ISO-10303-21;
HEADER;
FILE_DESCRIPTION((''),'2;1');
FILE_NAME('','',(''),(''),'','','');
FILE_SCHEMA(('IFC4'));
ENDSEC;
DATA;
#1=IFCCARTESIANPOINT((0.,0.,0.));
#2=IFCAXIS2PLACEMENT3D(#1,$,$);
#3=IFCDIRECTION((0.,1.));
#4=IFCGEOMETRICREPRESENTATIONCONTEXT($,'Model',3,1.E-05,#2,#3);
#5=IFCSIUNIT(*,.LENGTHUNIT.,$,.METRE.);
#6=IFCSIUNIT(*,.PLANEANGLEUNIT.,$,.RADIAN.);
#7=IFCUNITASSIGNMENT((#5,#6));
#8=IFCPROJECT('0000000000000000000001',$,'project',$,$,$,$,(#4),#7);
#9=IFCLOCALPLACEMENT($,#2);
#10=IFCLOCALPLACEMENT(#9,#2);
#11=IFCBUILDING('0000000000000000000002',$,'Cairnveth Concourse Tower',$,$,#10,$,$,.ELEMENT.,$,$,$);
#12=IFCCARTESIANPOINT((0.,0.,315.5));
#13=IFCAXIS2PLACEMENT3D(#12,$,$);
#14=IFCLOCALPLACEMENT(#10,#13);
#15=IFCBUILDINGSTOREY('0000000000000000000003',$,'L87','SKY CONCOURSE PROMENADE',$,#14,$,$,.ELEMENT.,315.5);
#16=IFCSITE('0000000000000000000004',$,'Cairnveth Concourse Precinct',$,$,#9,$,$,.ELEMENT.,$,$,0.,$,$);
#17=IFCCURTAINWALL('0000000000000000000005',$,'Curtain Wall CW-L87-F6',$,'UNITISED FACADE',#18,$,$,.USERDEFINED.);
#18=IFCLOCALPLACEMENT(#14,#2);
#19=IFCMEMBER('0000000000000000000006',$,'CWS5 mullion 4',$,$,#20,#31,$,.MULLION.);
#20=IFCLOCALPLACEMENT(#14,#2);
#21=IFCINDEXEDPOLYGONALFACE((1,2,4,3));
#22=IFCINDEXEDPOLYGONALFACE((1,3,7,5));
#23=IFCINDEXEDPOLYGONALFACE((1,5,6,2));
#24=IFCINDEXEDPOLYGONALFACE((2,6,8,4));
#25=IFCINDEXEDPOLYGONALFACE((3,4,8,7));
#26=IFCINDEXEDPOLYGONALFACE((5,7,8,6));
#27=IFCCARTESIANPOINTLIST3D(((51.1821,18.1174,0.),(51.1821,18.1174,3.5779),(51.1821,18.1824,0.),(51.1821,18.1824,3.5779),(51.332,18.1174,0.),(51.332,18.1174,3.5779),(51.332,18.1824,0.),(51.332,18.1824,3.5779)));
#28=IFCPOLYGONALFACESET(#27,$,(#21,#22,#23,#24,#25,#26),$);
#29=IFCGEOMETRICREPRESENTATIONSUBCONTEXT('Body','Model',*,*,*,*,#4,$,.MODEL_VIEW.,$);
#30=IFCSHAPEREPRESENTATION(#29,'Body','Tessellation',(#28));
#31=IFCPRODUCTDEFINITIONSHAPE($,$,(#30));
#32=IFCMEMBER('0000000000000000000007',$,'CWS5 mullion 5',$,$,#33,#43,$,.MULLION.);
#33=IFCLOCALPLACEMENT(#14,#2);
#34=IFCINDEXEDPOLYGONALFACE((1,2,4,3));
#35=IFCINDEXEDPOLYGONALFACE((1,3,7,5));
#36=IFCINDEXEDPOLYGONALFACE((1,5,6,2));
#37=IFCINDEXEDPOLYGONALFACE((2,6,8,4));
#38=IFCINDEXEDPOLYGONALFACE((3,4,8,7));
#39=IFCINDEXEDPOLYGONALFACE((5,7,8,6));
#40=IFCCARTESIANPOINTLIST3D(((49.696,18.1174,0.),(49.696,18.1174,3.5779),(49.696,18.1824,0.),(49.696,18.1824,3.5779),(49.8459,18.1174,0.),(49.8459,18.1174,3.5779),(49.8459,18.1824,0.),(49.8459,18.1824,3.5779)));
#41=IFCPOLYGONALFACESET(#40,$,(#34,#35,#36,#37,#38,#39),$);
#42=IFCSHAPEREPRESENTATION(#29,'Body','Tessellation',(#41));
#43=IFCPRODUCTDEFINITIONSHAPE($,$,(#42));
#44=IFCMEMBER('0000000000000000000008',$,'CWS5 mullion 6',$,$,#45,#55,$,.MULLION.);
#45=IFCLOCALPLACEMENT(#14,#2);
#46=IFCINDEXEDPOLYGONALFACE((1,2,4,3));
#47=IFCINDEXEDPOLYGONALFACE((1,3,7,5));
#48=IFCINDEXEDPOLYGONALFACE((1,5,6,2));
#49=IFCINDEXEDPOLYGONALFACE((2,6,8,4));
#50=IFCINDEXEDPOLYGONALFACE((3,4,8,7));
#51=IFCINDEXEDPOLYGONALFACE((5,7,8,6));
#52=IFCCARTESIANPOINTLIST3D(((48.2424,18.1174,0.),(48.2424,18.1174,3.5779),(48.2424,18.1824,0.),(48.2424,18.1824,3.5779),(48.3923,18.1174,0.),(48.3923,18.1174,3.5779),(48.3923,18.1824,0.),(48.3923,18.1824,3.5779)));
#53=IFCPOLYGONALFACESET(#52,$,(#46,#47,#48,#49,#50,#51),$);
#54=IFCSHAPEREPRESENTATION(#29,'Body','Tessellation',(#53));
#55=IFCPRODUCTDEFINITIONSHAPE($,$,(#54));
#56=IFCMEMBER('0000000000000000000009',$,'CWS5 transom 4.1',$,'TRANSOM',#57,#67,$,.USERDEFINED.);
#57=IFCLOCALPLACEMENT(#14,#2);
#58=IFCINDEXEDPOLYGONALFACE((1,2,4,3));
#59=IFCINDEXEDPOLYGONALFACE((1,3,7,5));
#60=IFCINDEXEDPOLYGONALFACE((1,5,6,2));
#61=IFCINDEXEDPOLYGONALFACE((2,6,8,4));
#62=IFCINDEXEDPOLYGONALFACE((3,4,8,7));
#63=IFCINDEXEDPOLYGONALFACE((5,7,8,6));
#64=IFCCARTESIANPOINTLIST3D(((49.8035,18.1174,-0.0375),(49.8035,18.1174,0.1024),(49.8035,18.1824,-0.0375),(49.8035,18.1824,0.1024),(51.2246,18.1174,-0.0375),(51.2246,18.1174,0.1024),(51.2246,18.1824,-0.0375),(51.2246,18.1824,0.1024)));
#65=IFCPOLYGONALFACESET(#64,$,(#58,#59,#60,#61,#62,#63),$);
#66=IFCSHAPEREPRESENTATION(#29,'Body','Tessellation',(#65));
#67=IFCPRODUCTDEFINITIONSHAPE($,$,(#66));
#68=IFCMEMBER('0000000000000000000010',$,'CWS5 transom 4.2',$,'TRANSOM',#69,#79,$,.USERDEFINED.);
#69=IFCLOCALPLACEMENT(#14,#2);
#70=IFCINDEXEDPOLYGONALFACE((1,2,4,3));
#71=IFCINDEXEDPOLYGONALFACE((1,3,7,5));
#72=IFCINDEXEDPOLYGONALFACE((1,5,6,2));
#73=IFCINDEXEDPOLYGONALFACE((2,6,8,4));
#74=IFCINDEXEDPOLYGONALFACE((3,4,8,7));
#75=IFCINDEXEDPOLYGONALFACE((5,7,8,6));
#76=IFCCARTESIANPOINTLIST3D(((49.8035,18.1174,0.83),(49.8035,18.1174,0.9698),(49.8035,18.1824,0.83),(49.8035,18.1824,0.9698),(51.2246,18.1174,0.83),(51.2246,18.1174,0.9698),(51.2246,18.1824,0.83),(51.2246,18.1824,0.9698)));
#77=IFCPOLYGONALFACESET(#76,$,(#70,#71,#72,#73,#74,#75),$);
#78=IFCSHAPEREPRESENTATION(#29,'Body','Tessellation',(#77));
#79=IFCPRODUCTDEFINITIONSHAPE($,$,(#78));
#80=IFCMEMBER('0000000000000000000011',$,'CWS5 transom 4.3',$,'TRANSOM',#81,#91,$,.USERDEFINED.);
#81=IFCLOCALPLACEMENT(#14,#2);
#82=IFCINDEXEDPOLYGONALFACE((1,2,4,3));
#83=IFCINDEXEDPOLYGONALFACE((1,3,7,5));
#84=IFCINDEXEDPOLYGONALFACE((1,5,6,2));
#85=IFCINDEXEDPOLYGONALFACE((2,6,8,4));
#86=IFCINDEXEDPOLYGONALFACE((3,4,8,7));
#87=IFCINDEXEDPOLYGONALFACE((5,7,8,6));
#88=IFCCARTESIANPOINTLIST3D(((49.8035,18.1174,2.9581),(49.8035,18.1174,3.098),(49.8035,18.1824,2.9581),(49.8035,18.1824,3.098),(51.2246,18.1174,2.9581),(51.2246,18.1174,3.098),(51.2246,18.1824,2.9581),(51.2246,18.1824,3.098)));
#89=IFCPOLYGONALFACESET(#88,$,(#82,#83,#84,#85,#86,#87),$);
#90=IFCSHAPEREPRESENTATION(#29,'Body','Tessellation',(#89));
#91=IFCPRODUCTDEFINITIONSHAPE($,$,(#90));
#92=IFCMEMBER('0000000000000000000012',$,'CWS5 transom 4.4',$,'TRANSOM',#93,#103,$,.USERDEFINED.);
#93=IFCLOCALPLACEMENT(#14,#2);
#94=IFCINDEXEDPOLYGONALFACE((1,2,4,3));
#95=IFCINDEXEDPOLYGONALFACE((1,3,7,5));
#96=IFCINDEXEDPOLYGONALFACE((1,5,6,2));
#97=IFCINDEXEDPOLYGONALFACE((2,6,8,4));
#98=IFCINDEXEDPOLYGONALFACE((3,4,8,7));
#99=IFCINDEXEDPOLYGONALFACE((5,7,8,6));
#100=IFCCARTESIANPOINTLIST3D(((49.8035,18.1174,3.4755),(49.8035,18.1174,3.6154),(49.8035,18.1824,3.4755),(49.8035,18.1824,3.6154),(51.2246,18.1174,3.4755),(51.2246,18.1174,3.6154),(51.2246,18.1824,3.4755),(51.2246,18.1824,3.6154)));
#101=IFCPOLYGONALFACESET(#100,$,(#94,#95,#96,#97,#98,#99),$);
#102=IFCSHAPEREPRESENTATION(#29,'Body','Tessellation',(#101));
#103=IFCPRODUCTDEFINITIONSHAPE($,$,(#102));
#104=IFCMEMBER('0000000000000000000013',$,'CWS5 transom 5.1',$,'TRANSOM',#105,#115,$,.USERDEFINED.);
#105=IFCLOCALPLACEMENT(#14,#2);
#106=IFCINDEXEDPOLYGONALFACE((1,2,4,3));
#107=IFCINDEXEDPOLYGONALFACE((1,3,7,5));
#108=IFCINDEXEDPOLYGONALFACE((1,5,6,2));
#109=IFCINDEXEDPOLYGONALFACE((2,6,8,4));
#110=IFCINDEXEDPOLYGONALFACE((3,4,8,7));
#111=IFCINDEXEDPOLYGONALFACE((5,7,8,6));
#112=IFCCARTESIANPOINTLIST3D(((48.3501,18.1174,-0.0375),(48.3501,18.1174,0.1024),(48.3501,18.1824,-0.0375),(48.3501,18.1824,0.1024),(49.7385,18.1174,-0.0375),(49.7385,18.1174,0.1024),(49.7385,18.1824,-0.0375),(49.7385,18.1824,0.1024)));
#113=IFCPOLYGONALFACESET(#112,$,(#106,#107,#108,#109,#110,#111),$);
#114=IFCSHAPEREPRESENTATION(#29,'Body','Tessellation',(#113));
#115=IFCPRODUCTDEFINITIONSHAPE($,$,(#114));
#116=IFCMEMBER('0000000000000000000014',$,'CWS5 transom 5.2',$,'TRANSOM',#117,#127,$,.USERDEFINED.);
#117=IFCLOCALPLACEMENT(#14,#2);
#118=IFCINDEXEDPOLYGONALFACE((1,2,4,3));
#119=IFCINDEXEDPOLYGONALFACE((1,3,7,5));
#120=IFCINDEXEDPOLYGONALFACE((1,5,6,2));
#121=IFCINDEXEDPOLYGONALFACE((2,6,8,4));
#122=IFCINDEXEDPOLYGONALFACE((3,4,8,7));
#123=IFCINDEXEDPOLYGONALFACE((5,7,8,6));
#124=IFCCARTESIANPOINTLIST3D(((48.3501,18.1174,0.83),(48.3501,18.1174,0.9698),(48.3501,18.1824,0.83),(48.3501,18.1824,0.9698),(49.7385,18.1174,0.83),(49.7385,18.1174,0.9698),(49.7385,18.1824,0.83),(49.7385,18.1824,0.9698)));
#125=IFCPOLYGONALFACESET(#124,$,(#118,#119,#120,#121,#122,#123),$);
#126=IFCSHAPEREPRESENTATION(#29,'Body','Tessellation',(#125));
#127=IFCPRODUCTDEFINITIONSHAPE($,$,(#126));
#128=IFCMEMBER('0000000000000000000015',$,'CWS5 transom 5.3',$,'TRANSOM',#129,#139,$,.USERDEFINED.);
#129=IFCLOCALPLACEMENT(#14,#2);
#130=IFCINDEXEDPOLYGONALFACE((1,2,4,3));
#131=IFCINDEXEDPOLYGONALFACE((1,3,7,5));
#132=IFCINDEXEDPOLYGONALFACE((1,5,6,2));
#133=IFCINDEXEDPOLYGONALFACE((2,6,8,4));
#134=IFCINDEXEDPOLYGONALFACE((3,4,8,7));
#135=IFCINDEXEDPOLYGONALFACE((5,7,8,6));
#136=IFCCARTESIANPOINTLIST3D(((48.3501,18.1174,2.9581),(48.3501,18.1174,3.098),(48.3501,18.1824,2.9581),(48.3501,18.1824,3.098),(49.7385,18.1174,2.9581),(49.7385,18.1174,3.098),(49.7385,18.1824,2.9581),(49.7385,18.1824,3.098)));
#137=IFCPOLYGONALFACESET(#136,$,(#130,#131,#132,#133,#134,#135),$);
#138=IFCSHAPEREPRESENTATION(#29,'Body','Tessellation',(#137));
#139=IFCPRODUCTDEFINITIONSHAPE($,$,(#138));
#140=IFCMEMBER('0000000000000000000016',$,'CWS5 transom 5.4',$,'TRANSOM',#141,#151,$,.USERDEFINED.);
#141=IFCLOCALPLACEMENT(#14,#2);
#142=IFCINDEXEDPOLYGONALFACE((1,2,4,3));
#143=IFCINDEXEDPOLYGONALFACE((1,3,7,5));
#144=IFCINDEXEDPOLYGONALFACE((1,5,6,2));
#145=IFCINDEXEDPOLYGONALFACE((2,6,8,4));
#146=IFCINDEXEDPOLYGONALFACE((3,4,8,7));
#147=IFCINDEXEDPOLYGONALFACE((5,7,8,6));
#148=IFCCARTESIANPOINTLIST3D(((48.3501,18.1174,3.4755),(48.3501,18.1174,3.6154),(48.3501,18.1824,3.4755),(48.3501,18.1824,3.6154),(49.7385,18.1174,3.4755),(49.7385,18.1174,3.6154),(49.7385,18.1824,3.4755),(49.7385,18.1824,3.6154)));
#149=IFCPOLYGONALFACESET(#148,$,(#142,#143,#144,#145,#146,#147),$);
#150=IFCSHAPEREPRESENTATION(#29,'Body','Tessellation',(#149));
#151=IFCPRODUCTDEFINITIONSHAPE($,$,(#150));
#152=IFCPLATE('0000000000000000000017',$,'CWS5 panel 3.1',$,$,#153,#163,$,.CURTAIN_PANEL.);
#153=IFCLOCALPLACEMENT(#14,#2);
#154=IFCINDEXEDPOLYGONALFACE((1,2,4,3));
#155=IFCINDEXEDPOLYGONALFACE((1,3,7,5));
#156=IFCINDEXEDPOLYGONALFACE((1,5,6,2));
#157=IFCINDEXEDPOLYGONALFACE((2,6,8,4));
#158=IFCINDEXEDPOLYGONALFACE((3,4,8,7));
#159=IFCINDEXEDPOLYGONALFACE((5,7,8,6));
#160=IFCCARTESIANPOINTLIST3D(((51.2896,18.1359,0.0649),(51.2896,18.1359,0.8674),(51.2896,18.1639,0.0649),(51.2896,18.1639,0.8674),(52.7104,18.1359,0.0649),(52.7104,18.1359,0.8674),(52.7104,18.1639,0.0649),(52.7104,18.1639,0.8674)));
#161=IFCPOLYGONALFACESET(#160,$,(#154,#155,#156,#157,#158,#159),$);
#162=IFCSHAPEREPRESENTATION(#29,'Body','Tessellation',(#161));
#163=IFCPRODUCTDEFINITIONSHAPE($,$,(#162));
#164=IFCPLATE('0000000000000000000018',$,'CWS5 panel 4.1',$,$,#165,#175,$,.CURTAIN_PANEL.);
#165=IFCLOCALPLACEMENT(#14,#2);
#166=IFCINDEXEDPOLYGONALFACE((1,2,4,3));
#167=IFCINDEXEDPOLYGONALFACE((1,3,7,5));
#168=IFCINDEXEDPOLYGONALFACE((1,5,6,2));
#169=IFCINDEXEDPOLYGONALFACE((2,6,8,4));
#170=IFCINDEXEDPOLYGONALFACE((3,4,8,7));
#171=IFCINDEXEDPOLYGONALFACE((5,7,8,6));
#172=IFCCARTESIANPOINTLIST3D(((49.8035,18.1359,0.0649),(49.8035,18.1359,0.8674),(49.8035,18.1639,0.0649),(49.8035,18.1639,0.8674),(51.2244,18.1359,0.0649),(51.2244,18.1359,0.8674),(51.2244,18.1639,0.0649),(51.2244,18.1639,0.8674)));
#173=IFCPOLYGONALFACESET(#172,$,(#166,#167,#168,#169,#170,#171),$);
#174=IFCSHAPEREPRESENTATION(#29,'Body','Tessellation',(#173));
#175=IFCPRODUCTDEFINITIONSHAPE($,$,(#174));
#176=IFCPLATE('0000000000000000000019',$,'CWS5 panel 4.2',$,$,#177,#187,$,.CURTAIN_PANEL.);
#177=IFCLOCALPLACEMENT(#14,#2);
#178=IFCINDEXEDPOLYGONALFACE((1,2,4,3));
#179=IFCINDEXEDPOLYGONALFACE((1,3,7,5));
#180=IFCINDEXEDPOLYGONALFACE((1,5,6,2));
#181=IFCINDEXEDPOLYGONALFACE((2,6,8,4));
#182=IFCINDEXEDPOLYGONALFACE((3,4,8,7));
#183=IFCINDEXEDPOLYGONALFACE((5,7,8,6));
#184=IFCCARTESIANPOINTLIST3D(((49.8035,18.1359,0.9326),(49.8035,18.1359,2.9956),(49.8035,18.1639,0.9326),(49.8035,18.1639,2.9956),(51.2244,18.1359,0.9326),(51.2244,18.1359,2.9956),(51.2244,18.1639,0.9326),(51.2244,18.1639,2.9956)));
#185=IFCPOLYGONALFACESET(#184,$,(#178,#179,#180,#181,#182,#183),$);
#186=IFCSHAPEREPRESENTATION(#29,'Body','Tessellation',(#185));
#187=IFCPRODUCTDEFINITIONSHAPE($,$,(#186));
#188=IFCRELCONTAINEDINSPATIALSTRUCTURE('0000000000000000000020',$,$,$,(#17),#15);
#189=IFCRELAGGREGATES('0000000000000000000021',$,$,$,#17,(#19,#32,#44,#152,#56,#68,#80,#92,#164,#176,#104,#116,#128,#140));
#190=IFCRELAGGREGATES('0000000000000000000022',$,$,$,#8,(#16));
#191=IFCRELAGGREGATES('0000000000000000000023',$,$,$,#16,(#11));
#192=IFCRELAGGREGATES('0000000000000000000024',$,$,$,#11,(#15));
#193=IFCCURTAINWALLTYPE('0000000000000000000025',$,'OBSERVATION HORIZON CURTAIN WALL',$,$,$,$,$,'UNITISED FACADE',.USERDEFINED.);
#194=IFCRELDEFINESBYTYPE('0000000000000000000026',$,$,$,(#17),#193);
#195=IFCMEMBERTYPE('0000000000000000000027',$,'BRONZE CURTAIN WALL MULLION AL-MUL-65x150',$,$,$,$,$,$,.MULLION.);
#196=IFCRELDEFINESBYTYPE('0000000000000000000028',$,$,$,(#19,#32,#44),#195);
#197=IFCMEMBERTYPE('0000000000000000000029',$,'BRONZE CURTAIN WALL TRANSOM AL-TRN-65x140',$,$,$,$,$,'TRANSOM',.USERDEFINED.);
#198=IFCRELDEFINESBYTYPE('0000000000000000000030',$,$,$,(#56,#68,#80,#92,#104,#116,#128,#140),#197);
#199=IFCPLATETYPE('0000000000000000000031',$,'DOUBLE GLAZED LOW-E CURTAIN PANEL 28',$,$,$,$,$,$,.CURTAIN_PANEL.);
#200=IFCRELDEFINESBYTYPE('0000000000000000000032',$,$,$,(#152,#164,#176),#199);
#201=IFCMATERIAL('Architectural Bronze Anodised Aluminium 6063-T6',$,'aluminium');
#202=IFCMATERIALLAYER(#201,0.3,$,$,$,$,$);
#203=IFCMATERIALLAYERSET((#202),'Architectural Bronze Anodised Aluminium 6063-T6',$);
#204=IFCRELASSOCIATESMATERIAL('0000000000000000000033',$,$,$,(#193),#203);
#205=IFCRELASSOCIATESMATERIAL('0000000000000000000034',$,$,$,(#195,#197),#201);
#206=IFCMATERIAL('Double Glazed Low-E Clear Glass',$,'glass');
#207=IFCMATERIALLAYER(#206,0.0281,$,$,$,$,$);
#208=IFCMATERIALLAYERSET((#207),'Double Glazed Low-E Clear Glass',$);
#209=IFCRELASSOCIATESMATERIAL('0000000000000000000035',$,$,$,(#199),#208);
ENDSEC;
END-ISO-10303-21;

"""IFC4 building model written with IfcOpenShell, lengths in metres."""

from ifc_helpers import new_model, si_unit, direction, frame, origin, origin_2d, place, context, subcontext, project, spatial, rectangle, extrude, material, layer, layer_set, material_profile, profile_set, type_object, element, aggregate, save


model = new_model("IFC4")

# Units and contexts
model_context = context("Model", 3, precision=1e-05, world=origin(), true_north=direction((0.0, 1.0)))
body_context = subcontext(model_context, "Body", "Model", "MODEL_VIEW")
ifc_project = project(units=[si_unit("LENGTHUNIT", "METRE"), si_unit("PLANEANGLEUNIT", "RADIAN")], contexts=[model_context])

# Site, building, storey
site_placement = place(None, origin())
site = spatial("IfcSite", under=ifc_project, at=site_placement, Name="Cairnveth Concourse Precinct", CompositionType="ELEMENT", RefElevation=0.0)
building_placement = place(site_placement, origin())
building = spatial("IfcBuilding", under=site, at=building_placement, Name="Cairnveth Concourse Tower", CompositionType="ELEMENT")
storey_placement = place(building_placement, frame((0.0, 0.0, 315.5)))
storey = spatial("IfcBuildingStorey", under=building, at=storey_placement, Name="L87", Description="SKY CONCOURSE PROMENADE", CompositionType="ELEMENT", Elevation=315.5)

# Curtain wall, members, plates
ifc_material_1 = material(Name="Architectural Bronze Anodised Aluminium 6063-T6", Category="aluminium")
ifc_layer_1 = layer(ifc_material_1, 0.3)
ifc_layer_set_1 = layer_set([ifc_layer_1], Name="Architectural Bronze Anodised Aluminium 6063-T6")
curtain_wall_type = type_object("IfcCurtainWallType", Name="OBSERVATION HORIZON CURTAIN WALL", ElementType="UNITISED FACADE", PredefinedType="USERDEFINED", material=ifc_layer_set_1)
curtain_wall_placement = place(storey_placement, origin())
curtain_wall = element("IfcCurtainWall", 1, at=curtain_wall_placement, inside=storey, type_object=curtain_wall_type, Name="Curtain Wall CW-L87-F6", ObjectType="UNITISED FACADE", PredefinedType="USERDEFINED")
ifc_material_profile_1 = material_profile(ifc_material_1, rectangle(XDim=0.0649, YDim=0.1499, at=origin_2d()), Name="AL-MUL-65x150")
ifc_profile_set_1 = profile_set([ifc_material_profile_1], Name="Architectural Bronze Anodised Aluminium 6063-T6")
member_type_1 = type_object("IfcMemberType", Name="BRONZE CURTAIN WALL MULLION AL-MUL-65x150", PredefinedType="MULLION", material=ifc_profile_set_1)
member_1_placement = place(storey_placement, frame((51.2571, 18.1499, 0.0), z_axis=(0.0, 0.0, 1.0), x_axis=(0.0, -1.0, 0.0)))
member_1 = element("IfcMember", 2, at=member_1_placement, type_object=member_type_1, Name="CWS5 mullion 4", PredefinedType="MULLION", context=body_context, shape_type="SweptSolid", body=[
    extrude(rectangle(XDim=0.0649, YDim=0.1499, at=origin_2d()), origin(), (0.0, 0.0, 1.0), 3.5779),
])
member_2_placement = place(storey_placement, frame((49.771, 18.1499, 0.0), z_axis=(0.0, 0.0, 1.0), x_axis=(0.0, -1.0, 0.0)))
member_2 = element("IfcMember", 3, at=member_2_placement, type_object=member_type_1, Name="CWS5 mullion 5", PredefinedType="MULLION", context=body_context, shape_type="SweptSolid", body=[
    extrude(rectangle(XDim=0.0649, YDim=0.1499, at=origin_2d()), origin(), (0.0, 0.0, 1.0), 3.5779),
])
member_3_placement = place(storey_placement, frame((48.3174, 18.1499, 0.0), z_axis=(0.0, 0.0, 1.0), x_axis=(0.0, -1.0, 0.0)))
member_3 = element("IfcMember", 4, at=member_3_placement, type_object=member_type_1, Name="CWS5 mullion 6", PredefinedType="MULLION", context=body_context, shape_type="SweptSolid", body=[
    extrude(rectangle(XDim=0.0649, YDim=0.1499, at=origin_2d()), origin(), (0.0, 0.0, 1.0), 3.5779),
])
ifc_material_profile_2 = material_profile(ifc_material_1, rectangle(XDim=0.0649, YDim=0.1399, at=origin_2d()), Name="AL-TRN-65x140")
ifc_profile_set_2 = profile_set([ifc_material_profile_2], Name="Architectural Bronze Anodised Aluminium 6063-T6")
member_type_2 = type_object("IfcMemberType", Name="BRONZE CURTAIN WALL TRANSOM AL-TRN-65x140", ElementType="TRANSOM", PredefinedType="USERDEFINED", material=ifc_profile_set_2)
member_4_placement = place(storey_placement, frame((51.2246, 18.1499, 0.0325), z_axis=(-1.0, 0.0, 0.0), x_axis=(0.0, -1.0, 0.0)))
member_4 = element("IfcMember", 5, at=member_4_placement, type_object=member_type_2, Name="CWS5 transom 4.1", ObjectType="TRANSOM", PredefinedType="USERDEFINED", context=body_context, shape_type="SweptSolid", body=[
    extrude(rectangle(XDim=0.0649, YDim=0.1399, at=origin_2d()), origin(), (0.0, 0.0, 1.0), 1.4211),
])
member_5_placement = place(storey_placement, frame((51.2246, 18.1499, 0.8999), z_axis=(-1.0, 0.0, 0.0), x_axis=(0.0, -1.0, 0.0)))
member_5 = element("IfcMember", 6, at=member_5_placement, type_object=member_type_2, Name="CWS5 transom 4.2", ObjectType="TRANSOM", PredefinedType="USERDEFINED", context=body_context, shape_type="SweptSolid", body=[
    extrude(rectangle(XDim=0.0649, YDim=0.1399, at=origin_2d()), origin(), (0.0, 0.0, 1.0), 1.4211),
])
member_6_placement = place(storey_placement, frame((51.2246, 18.1499, 3.0281), z_axis=(-1.0, 0.0, 0.0), x_axis=(0.0, -1.0, 0.0)))
member_6 = element("IfcMember", 7, at=member_6_placement, type_object=member_type_2, Name="CWS5 transom 4.3", ObjectType="TRANSOM", PredefinedType="USERDEFINED", context=body_context, shape_type="SweptSolid", body=[
    extrude(rectangle(XDim=0.0649, YDim=0.1399, at=origin_2d()), origin(), (0.0, 0.0, 1.0), 1.4211),
])
member_7_placement = place(storey_placement, frame((51.2246, 18.1499, 3.5454), z_axis=(-1.0, 0.0, 0.0), x_axis=(0.0, -1.0, 0.0)))
member_7 = element("IfcMember", 8, at=member_7_placement, type_object=member_type_2, Name="CWS5 transom 4.4", ObjectType="TRANSOM", PredefinedType="USERDEFINED", context=body_context, shape_type="SweptSolid", body=[
    extrude(rectangle(XDim=0.0649, YDim=0.1399, at=origin_2d()), origin(), (0.0, 0.0, 1.0), 1.4211),
])
member_8_placement = place(storey_placement, frame((49.7385, 18.1499, 0.0325), z_axis=(-1.0, 0.0, 0.0), x_axis=(0.0, -1.0, 0.0)))
member_8 = element("IfcMember", 9, at=member_8_placement, type_object=member_type_2, Name="CWS5 transom 5.1", ObjectType="TRANSOM", PredefinedType="USERDEFINED", context=body_context, shape_type="SweptSolid", body=[
    extrude(rectangle(XDim=0.0649, YDim=0.1399, at=origin_2d()), origin(), (0.0, 0.0, 1.0), 1.3884),
])
member_9_placement = place(storey_placement, frame((49.7385, 18.1499, 0.8999), z_axis=(-1.0, 0.0, 0.0), x_axis=(0.0, -1.0, 0.0)))
member_9 = element("IfcMember", 10, at=member_9_placement, type_object=member_type_2, Name="CWS5 transom 5.2", ObjectType="TRANSOM", PredefinedType="USERDEFINED", context=body_context, shape_type="SweptSolid", body=[
    extrude(rectangle(XDim=0.0649, YDim=0.1399, at=origin_2d()), origin(), (0.0, 0.0, 1.0), 1.3884),
])
member_10_placement = place(storey_placement, frame((49.7385, 18.1499, 3.0281), z_axis=(-1.0, 0.0, 0.0), x_axis=(0.0, -1.0, 0.0)))
member_10 = element("IfcMember", 11, at=member_10_placement, type_object=member_type_2, Name="CWS5 transom 5.3", ObjectType="TRANSOM", PredefinedType="USERDEFINED", context=body_context, shape_type="SweptSolid", body=[
    extrude(rectangle(XDim=0.0649, YDim=0.1399, at=origin_2d()), origin(), (0.0, 0.0, 1.0), 1.3884),
])
member_11_placement = place(storey_placement, frame((49.7385, 18.1499, 3.5454), z_axis=(-1.0, 0.0, 0.0), x_axis=(0.0, -1.0, 0.0)))
member_11 = element("IfcMember", 12, at=member_11_placement, type_object=member_type_2, Name="CWS5 transom 5.4", ObjectType="TRANSOM", PredefinedType="USERDEFINED", context=body_context, shape_type="SweptSolid", body=[
    extrude(rectangle(XDim=0.0649, YDim=0.1399, at=origin_2d()), origin(), (0.0, 0.0, 1.0), 1.3884),
])
ifc_material_2 = material(Name="Double Glazed Low-E Clear Glass", Category="glass")
ifc_layer_2 = layer(ifc_material_2, 0.0281)
ifc_layer_set_2 = layer_set([ifc_layer_2], Name="Double Glazed Low-E Clear Glass")
plate_type = type_object("IfcPlateType", Name="DOUBLE GLAZED LOW-E CURTAIN PANEL 28", PredefinedType="CURTAIN_PANEL", material=ifc_layer_set_2)
plate_1_placement = place(storey_placement, frame((52.0, 18.1499, 0.0649), z_axis=(0.0, 0.0, 1.0), x_axis=(-1.0, 0.0, 0.0)))
plate_1 = element("IfcPlate", 13, at=plate_1_placement, type_object=plate_type, Name="CWS5 panel 3.1", PredefinedType="CURTAIN_PANEL", context=body_context, shape_type="SweptSolid", body=[
    extrude(rectangle(XDim=1.4209, YDim=0.0281, at=origin_2d()), origin(), (0.0, 0.0, 1.0), 0.8025),
])
plate_2_placement = place(storey_placement, frame((50.5139, 18.1499, 0.0649), z_axis=(0.0, 0.0, 1.0), x_axis=(-1.0, 0.0, 0.0)))
plate_2 = element("IfcPlate", 14, at=plate_2_placement, type_object=plate_type, Name="CWS5 panel 4.1", PredefinedType="CURTAIN_PANEL", context=body_context, shape_type="SweptSolid", body=[
    extrude(rectangle(XDim=1.4209, YDim=0.0281, at=origin_2d()), origin(), (0.0, 0.0, 1.0), 0.8025),
])
plate_3_placement = place(storey_placement, frame((50.5139, 18.1499, 0.9326), z_axis=(0.0, 0.0, 1.0), x_axis=(-1.0, 0.0, 0.0)))
plate_3 = element("IfcPlate", 15, at=plate_3_placement, type_object=plate_type, Name="CWS5 panel 4.2", PredefinedType="CURTAIN_PANEL", context=body_context, shape_type="SweptSolid", body=[
    extrude(rectangle(XDim=1.4209, YDim=0.0281, at=origin_2d()), origin(), (0.0, 0.0, 1.0), 2.063),
])
aggregate(curtain_wall, [member_1, member_2, member_3, plate_1, member_4, member_5, member_6, member_7, plate_2, plate_3, member_8, member_9, member_10, member_11])

save(model, "model.ifc")
